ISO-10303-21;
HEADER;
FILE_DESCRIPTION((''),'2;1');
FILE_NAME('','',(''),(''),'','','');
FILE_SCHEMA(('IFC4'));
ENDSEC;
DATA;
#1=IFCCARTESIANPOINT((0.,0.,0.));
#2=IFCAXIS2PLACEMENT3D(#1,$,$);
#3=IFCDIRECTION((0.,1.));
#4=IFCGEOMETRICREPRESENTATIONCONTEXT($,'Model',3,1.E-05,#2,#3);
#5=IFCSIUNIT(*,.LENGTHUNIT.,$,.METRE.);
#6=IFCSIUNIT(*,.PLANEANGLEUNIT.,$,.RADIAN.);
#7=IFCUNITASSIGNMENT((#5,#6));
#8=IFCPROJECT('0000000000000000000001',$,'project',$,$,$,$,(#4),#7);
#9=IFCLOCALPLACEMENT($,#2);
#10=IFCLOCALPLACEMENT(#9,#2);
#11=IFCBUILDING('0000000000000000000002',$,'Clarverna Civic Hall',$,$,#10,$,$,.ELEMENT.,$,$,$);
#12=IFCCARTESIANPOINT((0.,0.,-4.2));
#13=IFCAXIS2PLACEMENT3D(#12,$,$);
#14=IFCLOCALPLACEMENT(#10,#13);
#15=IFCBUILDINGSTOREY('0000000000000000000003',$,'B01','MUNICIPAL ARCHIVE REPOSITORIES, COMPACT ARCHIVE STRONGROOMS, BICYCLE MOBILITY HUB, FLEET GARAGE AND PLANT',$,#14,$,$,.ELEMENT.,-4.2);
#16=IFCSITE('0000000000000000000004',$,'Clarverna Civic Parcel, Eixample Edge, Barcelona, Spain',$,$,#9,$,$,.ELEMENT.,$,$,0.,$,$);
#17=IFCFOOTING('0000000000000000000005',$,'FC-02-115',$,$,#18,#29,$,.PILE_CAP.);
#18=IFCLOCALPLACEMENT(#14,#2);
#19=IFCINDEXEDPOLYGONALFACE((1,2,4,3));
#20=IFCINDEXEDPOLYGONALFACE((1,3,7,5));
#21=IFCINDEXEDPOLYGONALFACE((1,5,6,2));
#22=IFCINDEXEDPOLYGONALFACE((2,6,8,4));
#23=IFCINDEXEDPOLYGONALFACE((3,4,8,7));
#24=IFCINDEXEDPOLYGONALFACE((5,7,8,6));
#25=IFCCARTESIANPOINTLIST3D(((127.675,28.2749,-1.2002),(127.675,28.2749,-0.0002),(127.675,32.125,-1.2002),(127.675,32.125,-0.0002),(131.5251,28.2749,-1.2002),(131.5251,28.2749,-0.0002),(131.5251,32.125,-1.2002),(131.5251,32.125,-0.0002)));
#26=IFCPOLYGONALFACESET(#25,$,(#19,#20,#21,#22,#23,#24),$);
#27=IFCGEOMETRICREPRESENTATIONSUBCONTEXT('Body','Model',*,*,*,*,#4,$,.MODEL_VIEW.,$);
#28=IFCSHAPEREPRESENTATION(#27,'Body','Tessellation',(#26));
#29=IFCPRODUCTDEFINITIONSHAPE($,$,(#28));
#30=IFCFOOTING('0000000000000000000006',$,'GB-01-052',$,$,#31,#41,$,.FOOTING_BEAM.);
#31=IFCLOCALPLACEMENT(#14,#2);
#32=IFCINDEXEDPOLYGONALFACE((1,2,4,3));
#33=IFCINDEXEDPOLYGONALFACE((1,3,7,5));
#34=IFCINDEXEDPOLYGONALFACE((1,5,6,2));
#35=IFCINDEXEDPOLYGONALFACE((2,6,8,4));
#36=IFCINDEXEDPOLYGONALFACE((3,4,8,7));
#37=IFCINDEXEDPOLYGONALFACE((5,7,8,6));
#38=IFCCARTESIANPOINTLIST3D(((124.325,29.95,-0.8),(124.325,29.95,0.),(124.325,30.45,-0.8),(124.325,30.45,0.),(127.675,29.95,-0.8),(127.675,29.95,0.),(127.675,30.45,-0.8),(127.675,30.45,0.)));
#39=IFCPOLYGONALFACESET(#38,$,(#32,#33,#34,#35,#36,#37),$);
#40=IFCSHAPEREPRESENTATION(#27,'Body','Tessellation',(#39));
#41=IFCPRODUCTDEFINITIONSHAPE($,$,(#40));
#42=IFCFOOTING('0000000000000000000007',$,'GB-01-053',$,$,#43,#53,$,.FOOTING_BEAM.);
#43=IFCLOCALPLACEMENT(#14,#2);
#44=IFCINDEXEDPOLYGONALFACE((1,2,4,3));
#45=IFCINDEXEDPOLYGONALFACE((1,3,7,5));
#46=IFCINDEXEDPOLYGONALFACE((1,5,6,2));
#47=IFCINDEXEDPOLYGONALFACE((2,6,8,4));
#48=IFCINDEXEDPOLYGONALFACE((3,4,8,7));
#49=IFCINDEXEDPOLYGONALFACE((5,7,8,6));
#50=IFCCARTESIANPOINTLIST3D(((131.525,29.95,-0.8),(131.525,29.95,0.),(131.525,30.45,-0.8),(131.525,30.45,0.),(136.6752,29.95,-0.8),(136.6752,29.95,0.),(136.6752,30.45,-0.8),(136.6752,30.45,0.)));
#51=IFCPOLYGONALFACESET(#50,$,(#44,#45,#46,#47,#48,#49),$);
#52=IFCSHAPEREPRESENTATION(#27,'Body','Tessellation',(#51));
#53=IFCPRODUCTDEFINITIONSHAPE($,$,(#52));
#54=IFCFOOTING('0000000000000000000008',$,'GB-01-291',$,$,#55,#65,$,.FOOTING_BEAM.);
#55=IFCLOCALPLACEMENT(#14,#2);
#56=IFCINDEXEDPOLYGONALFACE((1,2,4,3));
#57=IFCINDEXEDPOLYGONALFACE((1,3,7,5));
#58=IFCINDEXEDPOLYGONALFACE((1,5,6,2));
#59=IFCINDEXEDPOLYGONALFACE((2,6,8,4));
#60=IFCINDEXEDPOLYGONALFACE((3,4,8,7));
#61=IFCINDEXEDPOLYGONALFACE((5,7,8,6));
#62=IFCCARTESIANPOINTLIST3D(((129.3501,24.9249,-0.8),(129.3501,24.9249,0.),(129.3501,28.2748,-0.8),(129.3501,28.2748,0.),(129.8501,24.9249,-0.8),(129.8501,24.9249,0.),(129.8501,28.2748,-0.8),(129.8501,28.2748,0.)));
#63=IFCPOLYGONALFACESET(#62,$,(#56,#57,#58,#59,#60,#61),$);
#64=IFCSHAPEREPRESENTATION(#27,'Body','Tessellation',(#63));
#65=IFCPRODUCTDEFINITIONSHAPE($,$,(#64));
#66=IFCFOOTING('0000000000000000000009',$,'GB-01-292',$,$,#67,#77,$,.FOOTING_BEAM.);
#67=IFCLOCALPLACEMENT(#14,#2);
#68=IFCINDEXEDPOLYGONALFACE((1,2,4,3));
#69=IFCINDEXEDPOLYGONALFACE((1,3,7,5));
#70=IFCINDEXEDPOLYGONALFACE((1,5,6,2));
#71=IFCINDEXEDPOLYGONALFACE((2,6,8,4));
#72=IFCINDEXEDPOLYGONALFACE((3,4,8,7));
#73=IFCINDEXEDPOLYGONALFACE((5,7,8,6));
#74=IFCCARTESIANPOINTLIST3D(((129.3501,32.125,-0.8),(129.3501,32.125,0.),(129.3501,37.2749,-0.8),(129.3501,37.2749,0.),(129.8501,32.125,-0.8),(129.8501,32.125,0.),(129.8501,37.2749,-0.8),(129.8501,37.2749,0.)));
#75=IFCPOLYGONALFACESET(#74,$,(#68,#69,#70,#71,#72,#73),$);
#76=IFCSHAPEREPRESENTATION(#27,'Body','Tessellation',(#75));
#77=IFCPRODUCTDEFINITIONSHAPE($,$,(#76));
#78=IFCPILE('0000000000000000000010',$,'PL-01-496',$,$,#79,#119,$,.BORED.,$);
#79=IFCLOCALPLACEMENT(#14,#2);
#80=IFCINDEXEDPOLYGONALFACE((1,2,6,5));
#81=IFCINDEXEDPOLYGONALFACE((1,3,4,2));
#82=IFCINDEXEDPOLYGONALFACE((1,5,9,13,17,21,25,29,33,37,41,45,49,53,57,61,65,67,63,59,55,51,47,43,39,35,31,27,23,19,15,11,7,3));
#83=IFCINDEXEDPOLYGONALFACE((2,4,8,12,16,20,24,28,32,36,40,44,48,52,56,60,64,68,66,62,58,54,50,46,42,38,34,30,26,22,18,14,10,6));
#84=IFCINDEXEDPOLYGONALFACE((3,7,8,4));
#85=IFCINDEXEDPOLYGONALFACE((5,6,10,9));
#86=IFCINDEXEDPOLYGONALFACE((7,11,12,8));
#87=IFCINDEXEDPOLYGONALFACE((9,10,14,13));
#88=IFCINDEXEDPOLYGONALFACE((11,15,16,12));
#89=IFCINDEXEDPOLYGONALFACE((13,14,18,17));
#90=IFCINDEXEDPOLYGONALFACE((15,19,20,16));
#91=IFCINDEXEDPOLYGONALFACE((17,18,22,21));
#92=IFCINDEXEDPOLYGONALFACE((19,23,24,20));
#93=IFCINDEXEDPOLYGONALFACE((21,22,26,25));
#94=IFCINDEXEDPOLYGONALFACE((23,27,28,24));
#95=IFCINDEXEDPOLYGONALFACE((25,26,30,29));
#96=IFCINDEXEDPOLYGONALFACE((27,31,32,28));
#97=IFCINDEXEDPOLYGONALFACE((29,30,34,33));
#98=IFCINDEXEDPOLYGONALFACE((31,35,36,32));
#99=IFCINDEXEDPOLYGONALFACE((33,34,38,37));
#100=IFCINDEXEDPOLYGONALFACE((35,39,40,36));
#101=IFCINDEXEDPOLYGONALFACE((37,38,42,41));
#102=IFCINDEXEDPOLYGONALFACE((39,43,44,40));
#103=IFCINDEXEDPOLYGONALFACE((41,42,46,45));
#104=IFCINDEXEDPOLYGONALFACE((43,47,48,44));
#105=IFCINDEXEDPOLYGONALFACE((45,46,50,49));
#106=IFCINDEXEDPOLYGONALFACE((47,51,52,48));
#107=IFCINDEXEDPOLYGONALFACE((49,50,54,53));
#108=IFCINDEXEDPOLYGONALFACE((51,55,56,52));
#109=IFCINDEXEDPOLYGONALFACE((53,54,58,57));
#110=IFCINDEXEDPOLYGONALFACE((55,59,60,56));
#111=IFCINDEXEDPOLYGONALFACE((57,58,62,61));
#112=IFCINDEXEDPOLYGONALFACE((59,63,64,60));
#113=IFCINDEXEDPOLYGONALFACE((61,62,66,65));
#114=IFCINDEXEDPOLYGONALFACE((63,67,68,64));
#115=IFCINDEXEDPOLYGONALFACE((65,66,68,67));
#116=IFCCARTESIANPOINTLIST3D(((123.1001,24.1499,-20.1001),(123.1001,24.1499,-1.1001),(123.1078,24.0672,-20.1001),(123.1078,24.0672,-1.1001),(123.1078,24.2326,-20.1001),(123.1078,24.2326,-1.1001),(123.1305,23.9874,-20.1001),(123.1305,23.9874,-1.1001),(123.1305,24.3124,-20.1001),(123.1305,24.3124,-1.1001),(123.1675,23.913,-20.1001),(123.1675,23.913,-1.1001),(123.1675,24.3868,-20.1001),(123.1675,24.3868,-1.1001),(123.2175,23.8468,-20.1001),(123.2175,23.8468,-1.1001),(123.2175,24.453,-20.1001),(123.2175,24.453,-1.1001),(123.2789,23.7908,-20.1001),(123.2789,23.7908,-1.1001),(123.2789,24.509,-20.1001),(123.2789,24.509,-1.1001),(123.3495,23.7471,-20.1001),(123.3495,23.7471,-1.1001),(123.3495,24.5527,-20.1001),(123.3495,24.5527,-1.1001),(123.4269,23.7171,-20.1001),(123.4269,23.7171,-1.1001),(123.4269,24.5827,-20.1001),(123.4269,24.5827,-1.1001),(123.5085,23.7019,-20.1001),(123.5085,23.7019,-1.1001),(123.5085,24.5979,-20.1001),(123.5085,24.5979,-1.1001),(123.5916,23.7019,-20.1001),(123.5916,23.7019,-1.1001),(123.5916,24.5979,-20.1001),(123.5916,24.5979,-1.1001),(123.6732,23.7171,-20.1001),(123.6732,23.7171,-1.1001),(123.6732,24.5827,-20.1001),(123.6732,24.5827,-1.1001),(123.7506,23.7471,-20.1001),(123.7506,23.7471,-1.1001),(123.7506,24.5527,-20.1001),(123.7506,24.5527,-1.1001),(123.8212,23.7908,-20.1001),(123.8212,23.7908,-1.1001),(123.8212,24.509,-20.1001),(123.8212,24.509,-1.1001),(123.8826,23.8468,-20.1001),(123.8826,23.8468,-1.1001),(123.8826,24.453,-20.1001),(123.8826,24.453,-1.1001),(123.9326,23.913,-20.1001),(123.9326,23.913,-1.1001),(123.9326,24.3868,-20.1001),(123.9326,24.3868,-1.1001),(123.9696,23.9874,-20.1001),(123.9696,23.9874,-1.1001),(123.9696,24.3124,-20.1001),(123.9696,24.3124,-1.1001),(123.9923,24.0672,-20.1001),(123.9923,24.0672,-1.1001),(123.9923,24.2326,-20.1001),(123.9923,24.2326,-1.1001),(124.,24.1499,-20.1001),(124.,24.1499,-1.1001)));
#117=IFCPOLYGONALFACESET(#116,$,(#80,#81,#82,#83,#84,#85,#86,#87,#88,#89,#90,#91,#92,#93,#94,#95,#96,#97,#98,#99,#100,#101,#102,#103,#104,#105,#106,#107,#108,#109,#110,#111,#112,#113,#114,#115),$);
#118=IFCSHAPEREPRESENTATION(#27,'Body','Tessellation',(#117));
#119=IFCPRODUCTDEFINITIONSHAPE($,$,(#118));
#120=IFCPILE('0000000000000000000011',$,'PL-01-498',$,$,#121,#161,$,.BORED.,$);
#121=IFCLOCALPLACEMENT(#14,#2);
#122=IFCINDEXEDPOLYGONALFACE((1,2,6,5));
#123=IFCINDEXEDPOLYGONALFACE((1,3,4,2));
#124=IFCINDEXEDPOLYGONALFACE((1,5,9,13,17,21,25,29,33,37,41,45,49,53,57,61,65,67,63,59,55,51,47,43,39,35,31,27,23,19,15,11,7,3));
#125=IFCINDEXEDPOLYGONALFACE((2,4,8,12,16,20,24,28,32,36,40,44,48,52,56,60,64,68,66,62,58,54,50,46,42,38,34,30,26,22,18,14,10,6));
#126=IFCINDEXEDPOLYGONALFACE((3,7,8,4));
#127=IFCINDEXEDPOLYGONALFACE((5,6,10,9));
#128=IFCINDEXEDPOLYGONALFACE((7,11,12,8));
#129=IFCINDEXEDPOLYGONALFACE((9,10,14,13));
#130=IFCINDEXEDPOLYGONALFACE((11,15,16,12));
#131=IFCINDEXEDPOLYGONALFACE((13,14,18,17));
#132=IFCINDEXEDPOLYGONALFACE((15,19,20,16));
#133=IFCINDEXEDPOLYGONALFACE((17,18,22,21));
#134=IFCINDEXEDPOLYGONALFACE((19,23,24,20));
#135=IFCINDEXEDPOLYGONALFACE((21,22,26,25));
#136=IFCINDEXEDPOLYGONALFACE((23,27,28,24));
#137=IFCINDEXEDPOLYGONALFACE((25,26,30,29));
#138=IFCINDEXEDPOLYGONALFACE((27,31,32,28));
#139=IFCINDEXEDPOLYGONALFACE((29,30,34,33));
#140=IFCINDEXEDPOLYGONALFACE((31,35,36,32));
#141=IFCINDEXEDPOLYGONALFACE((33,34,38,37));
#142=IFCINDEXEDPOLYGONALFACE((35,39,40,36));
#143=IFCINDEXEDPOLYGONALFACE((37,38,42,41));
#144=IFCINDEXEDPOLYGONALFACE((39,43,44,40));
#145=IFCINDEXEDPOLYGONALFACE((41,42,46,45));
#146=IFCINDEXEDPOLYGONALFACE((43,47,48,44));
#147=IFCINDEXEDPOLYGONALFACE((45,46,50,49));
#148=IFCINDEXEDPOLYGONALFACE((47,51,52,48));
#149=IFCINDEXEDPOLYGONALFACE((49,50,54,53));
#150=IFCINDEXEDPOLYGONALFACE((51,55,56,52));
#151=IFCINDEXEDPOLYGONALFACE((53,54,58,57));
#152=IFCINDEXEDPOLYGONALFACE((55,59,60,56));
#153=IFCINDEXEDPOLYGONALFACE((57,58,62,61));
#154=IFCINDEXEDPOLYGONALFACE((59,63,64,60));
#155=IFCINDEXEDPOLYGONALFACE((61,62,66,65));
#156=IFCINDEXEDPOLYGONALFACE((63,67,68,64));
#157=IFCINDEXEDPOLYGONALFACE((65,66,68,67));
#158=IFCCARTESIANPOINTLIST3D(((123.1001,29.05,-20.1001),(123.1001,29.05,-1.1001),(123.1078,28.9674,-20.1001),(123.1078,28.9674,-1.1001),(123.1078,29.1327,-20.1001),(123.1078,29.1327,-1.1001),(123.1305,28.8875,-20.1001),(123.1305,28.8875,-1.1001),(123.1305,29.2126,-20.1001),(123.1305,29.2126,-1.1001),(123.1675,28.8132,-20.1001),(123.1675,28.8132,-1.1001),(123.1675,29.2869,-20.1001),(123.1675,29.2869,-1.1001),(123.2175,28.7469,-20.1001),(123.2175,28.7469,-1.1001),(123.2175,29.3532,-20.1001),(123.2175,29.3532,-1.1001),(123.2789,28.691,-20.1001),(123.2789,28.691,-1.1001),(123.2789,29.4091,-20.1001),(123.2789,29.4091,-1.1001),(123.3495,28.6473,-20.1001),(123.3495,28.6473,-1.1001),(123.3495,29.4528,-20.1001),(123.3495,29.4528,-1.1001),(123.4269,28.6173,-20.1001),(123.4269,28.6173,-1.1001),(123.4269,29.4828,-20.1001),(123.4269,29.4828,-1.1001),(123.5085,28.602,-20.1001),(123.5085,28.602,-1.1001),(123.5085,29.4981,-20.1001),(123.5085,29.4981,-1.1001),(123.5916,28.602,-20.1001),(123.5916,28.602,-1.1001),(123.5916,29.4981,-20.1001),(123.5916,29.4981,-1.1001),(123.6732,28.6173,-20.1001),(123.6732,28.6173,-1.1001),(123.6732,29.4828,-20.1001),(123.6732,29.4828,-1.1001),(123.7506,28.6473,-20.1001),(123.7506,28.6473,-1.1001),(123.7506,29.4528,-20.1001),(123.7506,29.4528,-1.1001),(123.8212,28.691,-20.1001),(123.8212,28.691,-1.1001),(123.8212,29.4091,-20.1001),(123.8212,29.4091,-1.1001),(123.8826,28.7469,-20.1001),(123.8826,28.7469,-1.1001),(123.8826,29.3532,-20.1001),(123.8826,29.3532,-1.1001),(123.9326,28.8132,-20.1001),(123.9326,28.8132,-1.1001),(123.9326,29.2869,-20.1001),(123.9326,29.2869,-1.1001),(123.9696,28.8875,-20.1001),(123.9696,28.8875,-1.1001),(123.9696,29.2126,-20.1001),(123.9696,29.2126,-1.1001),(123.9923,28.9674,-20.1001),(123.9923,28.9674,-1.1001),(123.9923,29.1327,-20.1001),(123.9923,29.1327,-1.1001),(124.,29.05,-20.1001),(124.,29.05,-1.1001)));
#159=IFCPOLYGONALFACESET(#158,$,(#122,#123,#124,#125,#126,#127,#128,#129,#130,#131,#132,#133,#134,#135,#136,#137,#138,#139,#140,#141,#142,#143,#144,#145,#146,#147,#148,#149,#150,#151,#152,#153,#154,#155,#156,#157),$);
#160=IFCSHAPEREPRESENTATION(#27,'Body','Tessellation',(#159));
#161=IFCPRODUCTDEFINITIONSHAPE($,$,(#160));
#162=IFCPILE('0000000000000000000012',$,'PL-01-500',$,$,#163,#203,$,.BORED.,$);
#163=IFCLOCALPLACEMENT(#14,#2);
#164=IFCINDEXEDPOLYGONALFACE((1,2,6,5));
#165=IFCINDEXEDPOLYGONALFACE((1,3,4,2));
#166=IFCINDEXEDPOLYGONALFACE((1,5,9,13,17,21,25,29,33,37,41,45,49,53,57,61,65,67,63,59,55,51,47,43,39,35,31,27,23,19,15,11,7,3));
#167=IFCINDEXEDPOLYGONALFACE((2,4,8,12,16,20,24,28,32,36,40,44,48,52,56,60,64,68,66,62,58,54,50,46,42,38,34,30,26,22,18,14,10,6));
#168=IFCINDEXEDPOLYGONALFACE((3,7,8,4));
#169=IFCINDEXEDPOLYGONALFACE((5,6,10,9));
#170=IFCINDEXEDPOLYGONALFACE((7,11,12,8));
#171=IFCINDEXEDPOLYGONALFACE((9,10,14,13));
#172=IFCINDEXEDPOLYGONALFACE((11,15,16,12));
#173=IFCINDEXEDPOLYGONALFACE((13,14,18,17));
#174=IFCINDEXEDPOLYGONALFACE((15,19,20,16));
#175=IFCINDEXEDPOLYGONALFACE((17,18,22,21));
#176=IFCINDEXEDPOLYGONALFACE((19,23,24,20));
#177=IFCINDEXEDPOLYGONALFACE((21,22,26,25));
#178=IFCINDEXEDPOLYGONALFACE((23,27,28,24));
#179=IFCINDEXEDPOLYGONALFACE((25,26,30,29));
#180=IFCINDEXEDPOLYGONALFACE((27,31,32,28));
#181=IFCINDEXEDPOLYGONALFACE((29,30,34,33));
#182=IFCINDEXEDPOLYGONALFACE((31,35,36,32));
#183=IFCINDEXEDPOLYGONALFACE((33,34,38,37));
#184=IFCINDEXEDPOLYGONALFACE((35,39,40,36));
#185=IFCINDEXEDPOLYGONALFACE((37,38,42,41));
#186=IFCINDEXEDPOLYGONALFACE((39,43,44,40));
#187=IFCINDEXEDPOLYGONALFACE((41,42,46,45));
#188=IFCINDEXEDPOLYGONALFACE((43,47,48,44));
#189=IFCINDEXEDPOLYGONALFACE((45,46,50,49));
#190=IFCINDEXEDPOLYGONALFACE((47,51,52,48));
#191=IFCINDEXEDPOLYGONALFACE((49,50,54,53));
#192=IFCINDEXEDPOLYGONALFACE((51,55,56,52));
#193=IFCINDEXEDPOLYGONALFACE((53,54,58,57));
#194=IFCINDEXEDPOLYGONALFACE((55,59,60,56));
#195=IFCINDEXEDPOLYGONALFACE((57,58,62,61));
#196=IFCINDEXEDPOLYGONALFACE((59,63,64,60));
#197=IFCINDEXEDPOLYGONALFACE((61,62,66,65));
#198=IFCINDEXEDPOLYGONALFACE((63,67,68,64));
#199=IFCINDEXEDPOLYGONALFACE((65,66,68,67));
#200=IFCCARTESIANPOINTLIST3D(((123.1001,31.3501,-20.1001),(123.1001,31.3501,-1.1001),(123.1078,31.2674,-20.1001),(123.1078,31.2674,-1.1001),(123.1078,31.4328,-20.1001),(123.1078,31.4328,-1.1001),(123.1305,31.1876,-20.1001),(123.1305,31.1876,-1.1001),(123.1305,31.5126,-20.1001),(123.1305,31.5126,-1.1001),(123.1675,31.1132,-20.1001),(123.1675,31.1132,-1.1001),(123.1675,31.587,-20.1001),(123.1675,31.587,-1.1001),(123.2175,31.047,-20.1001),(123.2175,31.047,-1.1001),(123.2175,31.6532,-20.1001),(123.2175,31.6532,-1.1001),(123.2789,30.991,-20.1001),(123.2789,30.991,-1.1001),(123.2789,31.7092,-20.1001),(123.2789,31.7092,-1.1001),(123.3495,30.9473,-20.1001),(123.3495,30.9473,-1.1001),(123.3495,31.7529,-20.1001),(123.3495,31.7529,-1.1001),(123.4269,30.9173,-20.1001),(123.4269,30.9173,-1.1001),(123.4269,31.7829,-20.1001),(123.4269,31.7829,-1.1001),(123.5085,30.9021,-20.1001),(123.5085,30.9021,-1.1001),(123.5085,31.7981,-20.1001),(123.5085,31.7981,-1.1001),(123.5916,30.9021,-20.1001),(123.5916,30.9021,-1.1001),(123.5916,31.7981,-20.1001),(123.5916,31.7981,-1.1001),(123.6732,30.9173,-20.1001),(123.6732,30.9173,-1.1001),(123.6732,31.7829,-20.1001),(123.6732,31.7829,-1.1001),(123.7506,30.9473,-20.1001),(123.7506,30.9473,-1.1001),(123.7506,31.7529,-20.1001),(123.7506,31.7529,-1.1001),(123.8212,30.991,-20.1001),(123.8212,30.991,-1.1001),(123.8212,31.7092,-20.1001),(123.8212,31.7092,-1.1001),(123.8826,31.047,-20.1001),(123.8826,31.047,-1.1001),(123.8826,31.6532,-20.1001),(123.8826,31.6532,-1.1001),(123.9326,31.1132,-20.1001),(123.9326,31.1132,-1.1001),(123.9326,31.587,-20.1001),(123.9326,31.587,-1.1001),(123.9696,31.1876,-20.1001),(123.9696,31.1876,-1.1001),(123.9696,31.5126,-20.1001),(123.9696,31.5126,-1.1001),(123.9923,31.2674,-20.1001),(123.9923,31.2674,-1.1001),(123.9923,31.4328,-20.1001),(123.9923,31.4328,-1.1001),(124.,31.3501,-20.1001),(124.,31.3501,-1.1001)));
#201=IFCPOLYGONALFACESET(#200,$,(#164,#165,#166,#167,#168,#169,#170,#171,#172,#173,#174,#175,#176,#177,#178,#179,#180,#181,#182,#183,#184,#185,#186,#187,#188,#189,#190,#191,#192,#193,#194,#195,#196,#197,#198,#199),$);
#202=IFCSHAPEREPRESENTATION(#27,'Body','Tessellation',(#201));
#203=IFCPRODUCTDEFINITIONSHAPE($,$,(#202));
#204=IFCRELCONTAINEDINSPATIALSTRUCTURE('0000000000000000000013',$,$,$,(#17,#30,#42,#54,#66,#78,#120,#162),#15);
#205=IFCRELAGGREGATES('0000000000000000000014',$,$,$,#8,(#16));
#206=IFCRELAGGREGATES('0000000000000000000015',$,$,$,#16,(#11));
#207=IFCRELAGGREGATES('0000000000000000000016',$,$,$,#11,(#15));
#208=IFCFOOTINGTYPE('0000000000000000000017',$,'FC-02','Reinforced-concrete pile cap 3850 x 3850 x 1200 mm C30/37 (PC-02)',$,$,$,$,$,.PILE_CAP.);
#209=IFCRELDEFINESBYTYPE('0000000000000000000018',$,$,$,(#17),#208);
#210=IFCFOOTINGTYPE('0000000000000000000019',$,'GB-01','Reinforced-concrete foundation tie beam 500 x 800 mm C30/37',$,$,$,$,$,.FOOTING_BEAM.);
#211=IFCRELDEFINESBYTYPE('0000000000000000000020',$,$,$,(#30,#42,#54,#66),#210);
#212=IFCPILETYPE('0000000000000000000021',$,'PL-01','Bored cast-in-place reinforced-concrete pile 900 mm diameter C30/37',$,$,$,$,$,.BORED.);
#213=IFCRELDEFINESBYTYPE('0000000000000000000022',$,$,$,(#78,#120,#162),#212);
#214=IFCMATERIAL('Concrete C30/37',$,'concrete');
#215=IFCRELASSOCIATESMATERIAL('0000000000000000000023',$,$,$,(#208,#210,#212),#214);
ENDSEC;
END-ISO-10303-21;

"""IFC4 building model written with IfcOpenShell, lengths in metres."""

from ifc_helpers import new_model, si_unit, direction, frame, frame_2d, origin, origin_2d, place, context, subcontext, project, spatial, rectangle, circle, extrude, material, material_profile, profile_set, type_object, element, save


model = new_model("IFC4")

# Units and contexts
model_context = context("Model", 3, precision=1e-05, world=origin(), true_north=direction((0.0, 1.0)))
body_context = subcontext(model_context, "Body", "Model", "MODEL_VIEW")
ifc_project = project(units=[si_unit("LENGTHUNIT", "METRE"), si_unit("PLANEANGLEUNIT", "RADIAN")], contexts=[model_context])

# Site, building, storey
site_placement = place(None, origin())
site = spatial("IfcSite", under=ifc_project, at=site_placement, Name="Clarverna Civic Parcel, Eixample Edge, Barcelona, Spain", CompositionType="ELEMENT", RefElevation=0.0)
building_placement = place(site_placement, origin())
building = spatial("IfcBuilding", under=site, at=building_placement, Name="Clarverna Civic Hall", CompositionType="ELEMENT")
storey_placement = place(building_placement, frame((0.0, 0.0, -4.2)))
storey = spatial("IfcBuildingStorey", under=building, at=storey_placement, Name="B01", Description="MUNICIPAL ARCHIVE REPOSITORIES, COMPACT ARCHIVE STRONGROOMS, BICYCLE MOBILITY HUB, FLEET GARAGE AND PLANT", CompositionType="ELEMENT", Elevation=-4.2)

# Footings
ifc_material_1 = material(Name="Concrete C30/37", Category="concrete")
footing_type_1 = type_object("IfcFootingType", Name="FC-02", Description="Reinforced-concrete pile cap 3850 x 3850 x 1200 mm C30/37 (PC-02)", PredefinedType="PILE_CAP", material=ifc_material_1)
footing_1_placement = place(storey_placement, frame((129.6001, 30.2, -1.2002), z_axis=(0.0, 0.0, 1.0), x_axis=(1.0, 0.0, 0.0)))
element("IfcFooting", 1, at=footing_1_placement, inside=storey, type_object=footing_type_1, Name="FC-02-115", PredefinedType="PILE_CAP", context=body_context, shape_type="SweptSolid", body=[
    extrude(rectangle(XDim=3.8501, YDim=3.8501, at=origin_2d()), origin(), (0.0, 0.0, 1.0), 1.2),
])
footing_type_2 = type_object("IfcFootingType", Name="GB-01", Description="Reinforced-concrete foundation tie beam 500 x 800 mm C30/37", PredefinedType="FOOTING_BEAM", material=ifc_material_1)
footing_2_placement = place(storey_placement, frame((124.325, 30.2, -0.8), z_axis=(0.0, 0.0, 1.0), x_axis=(1.0, 0.0, 0.0)))
element("IfcFooting", 2, at=footing_2_placement, inside=storey, type_object=footing_type_2, Name="GB-01-052", PredefinedType="FOOTING_BEAM", context=body_context, shape_type="SweptSolid", body=[
    extrude(rectangle(XDim=3.3501, YDim=0.5, at=frame_2d((1.675, 0.0))), origin(), (0.0, 0.0, 1.0), 0.8),
])
footing_3_placement = place(storey_placement, frame((131.5249, 30.2, -0.8), z_axis=(0.0, 0.0, 1.0), x_axis=(1.0, 0.0, 0.0)))
element("IfcFooting", 3, at=footing_3_placement, inside=storey, type_object=footing_type_2, Name="GB-01-053", PredefinedType="FOOTING_BEAM", context=body_context, shape_type="SweptSolid", body=[
    extrude(rectangle(XDim=5.1501, YDim=0.5, at=frame_2d((2.5752, 0.0))), origin(), (0.0, 0.0, 1.0), 0.8),
])
footing_4_placement = place(storey_placement, frame((129.6001, 24.925, -0.8), z_axis=(0.0, 0.0, 1.0), x_axis=(0.0, 1.0, 0.0)))
element("IfcFooting", 4, at=footing_4_placement, inside=storey, type_object=footing_type_2, Name="GB-01-291", PredefinedType="FOOTING_BEAM", context=body_context, shape_type="SweptSolid", body=[
    extrude(rectangle(XDim=3.3499, YDim=0.5, at=frame_2d((1.6748, 0.0))), origin(), (0.0, 0.0, 1.0), 0.8),
])
footing_5_placement = place(storey_placement, frame((129.6001, 32.125, -0.8), z_axis=(0.0, 0.0, 1.0), x_axis=(0.0, 1.0, 0.0)))
element("IfcFooting", 5, at=footing_5_placement, inside=storey, type_object=footing_type_2, Name="GB-01-292", PredefinedType="FOOTING_BEAM", context=body_context, shape_type="SweptSolid", body=[
    extrude(rectangle(XDim=5.1499, YDim=0.5, at=frame_2d((2.575, 0.0))), origin(), (0.0, 0.0, 1.0), 0.8),
])

# Piles
ifc_material_profile_1 = material_profile(ifc_material_1, circle(Radius=0.45, at=origin_2d()), Name="BORED PILE D900")
ifc_profile_set_1 = profile_set([ifc_material_profile_1], Name="Concrete C30/37")
pile_type = type_object("IfcPileType", Name="PL-01", Description="Bored cast-in-place reinforced-concrete pile 900 mm diameter C30/37", PredefinedType="BORED", material=ifc_profile_set_1)
for number, where, z_axis, x_axis, name in (
    (6, (123.55, 24.1499, -1.1001), (0.0, 0.0, -1.0), (1.0, 0.0, 0.0), "PL-01-496"),
    (7, (123.55, 29.05, -1.1001), (0.0, 0.0, -1.0), (1.0, 0.0, 0.0), "PL-01-498"),
    (8, (123.55, 31.3501, -1.1001), (0.0, 0.0, -1.0), (1.0, 0.0, 0.0), "PL-01-500"),
):
    element("IfcPile", number, at=place(storey_placement, frame(where, z_axis=z_axis, x_axis=x_axis)), inside=storey, type_object=pile_type, Name=name, PredefinedType="BORED", context=body_context, shape_type="SweptSolid", body=[
        extrude(circle(Radius=0.45, at=origin_2d()), origin(), (0.0, 0.0, 1.0), 19.0),
    ])

save(model, "model.ifc")
